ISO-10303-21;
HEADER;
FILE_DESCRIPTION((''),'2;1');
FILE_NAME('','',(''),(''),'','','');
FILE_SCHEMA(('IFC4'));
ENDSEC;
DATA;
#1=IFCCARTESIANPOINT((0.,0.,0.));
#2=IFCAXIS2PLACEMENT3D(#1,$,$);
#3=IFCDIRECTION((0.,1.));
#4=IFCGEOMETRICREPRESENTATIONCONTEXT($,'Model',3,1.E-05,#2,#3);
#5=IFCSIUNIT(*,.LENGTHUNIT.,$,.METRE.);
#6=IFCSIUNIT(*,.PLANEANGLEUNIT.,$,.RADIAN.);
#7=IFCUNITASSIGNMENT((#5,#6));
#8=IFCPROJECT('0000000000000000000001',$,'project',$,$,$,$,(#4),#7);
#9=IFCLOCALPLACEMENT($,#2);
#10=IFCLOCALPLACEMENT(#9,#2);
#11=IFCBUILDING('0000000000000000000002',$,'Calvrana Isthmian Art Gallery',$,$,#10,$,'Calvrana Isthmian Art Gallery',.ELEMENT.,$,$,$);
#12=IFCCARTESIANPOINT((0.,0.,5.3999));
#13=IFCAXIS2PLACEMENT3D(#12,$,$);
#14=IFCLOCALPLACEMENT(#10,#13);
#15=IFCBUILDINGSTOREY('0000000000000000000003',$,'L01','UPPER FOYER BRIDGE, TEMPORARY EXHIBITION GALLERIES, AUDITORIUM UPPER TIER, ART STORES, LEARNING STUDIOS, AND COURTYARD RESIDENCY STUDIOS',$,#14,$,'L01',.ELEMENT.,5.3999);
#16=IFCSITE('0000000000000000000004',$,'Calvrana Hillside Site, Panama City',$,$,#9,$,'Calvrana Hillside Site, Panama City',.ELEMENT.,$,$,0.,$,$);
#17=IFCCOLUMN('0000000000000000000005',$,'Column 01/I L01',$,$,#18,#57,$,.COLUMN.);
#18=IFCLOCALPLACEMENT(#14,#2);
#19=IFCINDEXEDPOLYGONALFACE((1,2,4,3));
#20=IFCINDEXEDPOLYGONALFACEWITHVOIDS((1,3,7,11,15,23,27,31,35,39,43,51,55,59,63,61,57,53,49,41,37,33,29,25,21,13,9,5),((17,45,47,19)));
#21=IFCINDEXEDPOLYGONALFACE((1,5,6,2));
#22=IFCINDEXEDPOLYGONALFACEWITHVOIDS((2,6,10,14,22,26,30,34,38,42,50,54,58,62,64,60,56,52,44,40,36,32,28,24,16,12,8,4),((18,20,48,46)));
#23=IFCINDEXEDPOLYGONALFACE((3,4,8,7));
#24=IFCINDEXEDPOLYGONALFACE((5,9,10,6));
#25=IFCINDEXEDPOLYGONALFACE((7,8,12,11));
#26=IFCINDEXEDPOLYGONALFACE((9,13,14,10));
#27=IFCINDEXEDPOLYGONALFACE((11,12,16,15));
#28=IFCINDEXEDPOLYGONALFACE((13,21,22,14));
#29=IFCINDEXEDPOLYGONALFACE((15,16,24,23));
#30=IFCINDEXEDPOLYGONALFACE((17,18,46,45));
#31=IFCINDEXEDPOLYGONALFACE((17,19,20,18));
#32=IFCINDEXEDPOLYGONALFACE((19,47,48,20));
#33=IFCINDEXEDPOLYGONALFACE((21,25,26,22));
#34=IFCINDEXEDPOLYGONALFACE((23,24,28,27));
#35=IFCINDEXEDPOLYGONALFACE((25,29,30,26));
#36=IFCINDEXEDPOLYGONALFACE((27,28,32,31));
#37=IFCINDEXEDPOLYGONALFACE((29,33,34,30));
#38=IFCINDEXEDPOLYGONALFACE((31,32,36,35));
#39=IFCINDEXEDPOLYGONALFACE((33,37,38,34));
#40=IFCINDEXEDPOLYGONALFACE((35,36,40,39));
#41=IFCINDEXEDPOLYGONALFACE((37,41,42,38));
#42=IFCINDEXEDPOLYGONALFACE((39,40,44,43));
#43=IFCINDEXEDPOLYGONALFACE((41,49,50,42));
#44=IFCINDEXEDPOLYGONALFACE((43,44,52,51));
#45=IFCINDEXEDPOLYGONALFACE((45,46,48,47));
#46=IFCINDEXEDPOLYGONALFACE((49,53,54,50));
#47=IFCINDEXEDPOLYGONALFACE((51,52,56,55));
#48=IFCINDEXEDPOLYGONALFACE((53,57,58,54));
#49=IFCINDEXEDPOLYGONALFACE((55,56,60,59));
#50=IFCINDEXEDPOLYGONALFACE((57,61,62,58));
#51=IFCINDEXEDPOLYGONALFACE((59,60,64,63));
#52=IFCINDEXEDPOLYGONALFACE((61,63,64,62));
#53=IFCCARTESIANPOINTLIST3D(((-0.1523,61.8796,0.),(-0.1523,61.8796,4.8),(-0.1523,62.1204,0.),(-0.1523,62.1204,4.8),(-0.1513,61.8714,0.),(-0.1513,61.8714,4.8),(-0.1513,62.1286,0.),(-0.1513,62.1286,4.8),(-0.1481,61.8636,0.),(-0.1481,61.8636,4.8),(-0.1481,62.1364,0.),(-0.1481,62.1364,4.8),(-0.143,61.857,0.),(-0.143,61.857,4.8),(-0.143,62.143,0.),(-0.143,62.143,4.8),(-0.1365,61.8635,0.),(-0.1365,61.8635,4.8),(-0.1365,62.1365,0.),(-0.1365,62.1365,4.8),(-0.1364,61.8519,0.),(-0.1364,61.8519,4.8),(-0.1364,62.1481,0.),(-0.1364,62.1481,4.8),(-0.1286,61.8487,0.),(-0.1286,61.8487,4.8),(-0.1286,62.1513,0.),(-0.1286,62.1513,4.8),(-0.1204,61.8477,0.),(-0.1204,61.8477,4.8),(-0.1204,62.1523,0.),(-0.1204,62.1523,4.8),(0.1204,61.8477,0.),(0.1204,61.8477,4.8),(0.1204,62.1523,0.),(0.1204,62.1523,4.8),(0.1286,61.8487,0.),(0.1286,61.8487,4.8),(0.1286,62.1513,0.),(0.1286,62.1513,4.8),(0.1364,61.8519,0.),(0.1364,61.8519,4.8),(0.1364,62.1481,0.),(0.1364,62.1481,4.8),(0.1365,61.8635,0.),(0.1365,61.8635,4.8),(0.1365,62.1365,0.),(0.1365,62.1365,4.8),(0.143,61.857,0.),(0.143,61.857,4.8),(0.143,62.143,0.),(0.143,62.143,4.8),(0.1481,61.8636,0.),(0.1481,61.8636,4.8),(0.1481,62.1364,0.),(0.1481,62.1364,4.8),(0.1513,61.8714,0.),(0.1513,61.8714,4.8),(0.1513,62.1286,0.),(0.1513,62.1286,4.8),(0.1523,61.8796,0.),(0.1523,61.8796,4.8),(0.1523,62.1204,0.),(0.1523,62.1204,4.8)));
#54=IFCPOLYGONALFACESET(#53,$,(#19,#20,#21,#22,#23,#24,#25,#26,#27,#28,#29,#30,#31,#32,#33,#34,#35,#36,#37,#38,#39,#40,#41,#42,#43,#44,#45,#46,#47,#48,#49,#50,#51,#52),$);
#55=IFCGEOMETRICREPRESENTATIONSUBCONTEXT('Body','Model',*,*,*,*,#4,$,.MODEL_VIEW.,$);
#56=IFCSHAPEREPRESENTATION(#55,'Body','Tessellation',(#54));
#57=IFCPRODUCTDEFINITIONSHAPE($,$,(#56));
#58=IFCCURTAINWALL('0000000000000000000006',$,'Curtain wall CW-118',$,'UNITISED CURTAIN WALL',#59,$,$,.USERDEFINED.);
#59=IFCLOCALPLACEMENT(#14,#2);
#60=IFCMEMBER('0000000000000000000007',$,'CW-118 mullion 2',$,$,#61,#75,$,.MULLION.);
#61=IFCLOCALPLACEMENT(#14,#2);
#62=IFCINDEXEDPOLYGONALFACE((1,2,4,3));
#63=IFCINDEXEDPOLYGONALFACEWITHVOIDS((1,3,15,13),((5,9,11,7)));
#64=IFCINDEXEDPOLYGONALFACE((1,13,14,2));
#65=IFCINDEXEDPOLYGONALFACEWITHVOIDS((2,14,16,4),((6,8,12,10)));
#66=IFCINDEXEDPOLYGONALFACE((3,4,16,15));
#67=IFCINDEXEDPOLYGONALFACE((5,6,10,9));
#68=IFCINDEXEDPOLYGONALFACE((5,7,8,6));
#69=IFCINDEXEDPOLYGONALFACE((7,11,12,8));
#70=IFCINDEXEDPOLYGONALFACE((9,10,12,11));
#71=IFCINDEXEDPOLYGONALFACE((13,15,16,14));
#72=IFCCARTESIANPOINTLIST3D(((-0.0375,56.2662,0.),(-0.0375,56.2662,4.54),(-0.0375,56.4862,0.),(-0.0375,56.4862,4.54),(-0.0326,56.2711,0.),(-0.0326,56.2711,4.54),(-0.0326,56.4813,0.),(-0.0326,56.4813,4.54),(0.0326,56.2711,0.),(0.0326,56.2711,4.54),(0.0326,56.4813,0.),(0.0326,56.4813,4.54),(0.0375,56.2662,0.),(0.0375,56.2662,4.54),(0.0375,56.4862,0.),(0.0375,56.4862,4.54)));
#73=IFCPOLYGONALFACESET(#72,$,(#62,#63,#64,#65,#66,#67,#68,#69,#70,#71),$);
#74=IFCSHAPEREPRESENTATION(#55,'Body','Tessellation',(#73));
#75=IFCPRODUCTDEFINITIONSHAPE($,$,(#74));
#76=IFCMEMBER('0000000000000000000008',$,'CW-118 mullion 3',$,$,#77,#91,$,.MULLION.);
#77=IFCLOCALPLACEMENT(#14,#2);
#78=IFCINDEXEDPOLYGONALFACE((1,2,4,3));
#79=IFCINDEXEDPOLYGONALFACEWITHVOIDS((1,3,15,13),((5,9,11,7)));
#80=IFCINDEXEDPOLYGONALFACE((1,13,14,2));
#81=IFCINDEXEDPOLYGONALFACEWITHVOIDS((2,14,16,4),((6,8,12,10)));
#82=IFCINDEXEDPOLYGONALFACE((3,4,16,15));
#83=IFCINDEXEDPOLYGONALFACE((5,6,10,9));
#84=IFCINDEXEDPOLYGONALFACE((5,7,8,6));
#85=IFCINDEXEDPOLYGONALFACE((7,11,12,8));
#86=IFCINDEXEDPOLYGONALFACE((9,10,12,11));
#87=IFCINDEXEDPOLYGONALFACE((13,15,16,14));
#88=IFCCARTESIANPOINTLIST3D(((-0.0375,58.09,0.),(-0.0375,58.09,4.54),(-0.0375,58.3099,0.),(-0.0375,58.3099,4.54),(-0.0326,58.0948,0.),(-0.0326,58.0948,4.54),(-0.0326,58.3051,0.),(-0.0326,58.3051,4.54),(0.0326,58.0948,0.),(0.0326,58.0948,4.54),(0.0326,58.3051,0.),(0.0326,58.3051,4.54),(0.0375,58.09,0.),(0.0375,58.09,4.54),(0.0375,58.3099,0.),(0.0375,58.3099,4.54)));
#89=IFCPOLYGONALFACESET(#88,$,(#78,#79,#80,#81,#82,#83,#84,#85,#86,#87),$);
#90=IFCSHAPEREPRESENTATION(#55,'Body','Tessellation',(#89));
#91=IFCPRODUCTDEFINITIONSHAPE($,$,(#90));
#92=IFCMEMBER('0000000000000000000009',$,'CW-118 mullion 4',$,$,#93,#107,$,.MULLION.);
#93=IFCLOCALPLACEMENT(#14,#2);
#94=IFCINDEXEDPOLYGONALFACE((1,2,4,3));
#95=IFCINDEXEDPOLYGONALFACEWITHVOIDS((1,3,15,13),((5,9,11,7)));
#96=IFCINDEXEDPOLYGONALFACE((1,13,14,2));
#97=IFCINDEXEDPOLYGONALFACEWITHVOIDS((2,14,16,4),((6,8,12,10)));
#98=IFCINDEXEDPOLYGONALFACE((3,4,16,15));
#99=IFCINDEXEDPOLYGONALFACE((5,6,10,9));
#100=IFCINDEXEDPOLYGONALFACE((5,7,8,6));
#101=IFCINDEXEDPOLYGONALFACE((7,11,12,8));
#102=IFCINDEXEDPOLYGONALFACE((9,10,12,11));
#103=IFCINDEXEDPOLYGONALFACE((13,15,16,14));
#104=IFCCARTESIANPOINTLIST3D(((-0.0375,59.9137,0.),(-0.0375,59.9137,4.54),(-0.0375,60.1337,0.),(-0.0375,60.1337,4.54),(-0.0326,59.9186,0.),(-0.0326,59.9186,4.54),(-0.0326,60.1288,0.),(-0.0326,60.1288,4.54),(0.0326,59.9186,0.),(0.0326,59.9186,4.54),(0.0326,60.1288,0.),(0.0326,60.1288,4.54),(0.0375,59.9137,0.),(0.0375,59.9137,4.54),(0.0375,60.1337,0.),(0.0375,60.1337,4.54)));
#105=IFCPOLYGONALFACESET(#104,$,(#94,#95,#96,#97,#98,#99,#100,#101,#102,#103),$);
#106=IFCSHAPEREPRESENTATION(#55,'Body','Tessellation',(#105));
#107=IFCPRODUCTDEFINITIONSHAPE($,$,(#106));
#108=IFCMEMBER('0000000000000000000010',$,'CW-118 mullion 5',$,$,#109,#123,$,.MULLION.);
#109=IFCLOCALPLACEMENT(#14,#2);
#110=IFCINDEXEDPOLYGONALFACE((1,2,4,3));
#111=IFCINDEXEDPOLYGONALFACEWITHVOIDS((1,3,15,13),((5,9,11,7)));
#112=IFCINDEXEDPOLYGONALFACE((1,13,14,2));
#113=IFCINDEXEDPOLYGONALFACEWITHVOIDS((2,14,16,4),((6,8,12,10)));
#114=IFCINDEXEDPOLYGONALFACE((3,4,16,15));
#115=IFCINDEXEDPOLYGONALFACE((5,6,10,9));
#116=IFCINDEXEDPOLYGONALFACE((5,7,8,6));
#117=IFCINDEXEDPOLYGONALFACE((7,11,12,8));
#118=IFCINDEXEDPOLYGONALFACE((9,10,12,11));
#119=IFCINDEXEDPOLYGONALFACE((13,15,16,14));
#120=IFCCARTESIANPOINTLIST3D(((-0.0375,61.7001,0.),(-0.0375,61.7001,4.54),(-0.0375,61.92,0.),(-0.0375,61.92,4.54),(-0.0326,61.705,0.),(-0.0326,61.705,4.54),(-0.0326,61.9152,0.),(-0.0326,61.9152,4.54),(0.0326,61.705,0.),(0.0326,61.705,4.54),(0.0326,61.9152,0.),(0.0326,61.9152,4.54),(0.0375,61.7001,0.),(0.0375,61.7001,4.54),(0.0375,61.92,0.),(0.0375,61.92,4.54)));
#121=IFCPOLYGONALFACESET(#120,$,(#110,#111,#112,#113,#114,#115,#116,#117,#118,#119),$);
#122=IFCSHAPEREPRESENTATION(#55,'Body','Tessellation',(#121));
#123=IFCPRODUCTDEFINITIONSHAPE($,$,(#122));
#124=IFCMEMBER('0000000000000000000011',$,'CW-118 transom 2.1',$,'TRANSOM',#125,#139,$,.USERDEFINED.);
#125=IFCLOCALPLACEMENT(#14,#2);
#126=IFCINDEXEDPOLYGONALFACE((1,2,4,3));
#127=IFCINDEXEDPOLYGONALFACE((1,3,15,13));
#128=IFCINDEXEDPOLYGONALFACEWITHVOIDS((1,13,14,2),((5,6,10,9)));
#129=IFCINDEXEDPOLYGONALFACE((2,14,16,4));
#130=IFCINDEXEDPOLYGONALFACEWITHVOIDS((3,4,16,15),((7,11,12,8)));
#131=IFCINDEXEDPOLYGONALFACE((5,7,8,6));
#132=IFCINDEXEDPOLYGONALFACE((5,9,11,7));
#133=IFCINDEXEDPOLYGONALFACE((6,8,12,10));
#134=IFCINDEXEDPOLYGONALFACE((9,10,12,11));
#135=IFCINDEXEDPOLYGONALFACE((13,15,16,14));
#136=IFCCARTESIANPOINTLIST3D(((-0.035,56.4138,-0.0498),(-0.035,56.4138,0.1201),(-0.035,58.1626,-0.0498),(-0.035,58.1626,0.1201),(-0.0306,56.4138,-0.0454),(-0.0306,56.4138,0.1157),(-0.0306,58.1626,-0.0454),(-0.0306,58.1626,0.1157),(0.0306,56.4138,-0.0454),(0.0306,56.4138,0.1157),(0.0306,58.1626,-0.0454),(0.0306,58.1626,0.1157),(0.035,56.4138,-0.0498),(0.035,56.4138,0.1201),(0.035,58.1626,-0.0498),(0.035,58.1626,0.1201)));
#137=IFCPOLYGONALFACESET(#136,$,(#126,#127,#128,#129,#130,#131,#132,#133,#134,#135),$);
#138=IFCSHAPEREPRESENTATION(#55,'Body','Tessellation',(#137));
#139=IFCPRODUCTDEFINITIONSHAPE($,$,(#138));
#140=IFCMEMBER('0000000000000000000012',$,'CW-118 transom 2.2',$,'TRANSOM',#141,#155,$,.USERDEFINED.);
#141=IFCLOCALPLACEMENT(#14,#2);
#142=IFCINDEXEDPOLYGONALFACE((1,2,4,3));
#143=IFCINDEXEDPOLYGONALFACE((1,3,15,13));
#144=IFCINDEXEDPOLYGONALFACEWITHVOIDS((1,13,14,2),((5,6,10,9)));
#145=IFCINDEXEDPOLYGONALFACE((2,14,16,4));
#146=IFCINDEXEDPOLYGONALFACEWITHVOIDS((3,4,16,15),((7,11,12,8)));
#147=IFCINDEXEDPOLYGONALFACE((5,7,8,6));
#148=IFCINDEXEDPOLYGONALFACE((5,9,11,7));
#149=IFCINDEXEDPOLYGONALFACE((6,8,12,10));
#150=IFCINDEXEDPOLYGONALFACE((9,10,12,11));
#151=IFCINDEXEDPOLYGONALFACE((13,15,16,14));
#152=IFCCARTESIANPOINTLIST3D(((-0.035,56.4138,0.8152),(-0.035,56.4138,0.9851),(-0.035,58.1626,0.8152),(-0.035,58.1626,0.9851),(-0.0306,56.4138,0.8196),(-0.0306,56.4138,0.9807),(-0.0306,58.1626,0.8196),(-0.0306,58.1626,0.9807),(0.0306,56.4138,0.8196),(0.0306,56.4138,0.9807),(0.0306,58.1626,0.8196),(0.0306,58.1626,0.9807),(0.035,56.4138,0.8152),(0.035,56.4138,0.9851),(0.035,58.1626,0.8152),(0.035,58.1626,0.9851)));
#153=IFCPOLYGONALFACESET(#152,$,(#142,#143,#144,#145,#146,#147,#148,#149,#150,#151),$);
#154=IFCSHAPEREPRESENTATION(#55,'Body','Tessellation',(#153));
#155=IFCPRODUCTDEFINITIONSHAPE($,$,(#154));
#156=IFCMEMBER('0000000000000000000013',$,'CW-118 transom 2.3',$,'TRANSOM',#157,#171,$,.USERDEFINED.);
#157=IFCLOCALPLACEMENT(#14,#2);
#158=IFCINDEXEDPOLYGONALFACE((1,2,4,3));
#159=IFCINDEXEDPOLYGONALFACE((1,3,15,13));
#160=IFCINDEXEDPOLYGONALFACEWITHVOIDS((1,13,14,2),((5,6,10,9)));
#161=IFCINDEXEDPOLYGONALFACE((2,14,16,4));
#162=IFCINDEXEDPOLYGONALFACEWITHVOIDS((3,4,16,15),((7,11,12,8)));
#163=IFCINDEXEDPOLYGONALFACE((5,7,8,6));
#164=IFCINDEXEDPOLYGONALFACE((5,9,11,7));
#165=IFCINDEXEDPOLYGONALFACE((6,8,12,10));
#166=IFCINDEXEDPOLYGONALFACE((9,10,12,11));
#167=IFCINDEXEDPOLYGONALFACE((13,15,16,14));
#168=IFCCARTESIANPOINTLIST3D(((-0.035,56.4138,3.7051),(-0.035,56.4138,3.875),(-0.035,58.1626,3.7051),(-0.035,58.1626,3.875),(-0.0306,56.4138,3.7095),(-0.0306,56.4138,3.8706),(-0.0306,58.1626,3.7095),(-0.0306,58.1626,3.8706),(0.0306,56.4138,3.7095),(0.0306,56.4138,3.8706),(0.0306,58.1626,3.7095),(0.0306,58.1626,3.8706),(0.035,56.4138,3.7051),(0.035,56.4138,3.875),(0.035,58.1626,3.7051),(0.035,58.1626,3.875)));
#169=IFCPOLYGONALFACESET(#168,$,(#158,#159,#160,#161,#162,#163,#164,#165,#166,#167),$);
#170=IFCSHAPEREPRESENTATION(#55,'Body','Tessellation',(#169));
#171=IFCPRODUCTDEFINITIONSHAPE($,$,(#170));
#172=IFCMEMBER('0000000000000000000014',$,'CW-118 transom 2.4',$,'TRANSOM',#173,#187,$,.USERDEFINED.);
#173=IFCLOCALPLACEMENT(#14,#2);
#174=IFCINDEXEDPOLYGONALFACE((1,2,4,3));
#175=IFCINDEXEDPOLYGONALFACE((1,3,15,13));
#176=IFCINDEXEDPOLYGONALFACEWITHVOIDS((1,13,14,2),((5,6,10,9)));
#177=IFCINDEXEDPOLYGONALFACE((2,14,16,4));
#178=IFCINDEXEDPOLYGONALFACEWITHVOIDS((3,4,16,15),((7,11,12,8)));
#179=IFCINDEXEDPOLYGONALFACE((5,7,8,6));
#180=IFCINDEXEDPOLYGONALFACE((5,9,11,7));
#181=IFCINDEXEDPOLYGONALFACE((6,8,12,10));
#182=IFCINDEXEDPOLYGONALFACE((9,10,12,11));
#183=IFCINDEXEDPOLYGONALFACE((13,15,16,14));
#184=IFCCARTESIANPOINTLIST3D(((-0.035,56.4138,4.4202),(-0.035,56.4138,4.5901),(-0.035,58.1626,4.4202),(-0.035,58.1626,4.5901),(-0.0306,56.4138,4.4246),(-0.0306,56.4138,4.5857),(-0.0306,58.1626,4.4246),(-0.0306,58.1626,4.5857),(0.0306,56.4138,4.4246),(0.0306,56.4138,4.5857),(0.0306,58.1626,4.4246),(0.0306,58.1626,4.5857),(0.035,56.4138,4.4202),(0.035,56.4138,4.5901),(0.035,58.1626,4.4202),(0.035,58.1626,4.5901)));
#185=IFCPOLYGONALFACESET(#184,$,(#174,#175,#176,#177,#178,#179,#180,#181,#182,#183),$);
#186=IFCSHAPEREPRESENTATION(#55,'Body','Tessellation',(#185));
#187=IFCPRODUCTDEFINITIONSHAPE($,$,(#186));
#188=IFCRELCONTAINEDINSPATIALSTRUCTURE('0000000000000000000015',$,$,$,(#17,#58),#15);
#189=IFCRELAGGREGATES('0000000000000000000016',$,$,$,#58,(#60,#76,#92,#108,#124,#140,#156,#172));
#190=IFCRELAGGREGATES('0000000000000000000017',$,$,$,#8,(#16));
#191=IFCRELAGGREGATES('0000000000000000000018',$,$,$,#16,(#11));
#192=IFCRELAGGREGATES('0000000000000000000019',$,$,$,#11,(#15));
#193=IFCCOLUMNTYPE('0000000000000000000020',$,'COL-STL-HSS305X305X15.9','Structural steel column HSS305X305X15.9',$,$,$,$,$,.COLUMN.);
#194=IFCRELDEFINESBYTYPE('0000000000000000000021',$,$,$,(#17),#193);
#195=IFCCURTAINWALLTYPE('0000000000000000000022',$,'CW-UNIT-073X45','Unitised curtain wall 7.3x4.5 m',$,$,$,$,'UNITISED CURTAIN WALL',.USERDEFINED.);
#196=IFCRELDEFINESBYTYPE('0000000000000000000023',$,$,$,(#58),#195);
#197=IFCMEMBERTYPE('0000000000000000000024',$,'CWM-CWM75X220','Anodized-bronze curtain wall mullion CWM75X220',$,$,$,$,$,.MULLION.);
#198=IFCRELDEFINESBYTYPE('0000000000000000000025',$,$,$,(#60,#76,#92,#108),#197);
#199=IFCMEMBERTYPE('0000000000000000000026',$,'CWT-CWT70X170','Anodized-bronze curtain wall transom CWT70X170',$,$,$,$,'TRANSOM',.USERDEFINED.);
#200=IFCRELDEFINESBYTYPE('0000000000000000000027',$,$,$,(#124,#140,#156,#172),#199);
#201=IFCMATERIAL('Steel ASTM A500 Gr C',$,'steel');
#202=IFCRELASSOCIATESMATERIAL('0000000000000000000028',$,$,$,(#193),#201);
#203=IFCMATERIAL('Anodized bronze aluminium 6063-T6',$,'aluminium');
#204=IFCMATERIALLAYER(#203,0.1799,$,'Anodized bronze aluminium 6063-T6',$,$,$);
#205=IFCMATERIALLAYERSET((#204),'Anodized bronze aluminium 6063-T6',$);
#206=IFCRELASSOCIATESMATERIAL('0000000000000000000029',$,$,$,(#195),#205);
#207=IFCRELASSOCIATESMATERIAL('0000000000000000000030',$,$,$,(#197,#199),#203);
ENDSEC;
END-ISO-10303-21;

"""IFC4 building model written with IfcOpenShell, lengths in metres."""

from ifc_helpers import new_model, si_unit, direction, frame, origin, origin_2d, place, context, subcontext, project, spatial, hollow_rectangle, extrude, material, layer, layer_set, material_profile, profile_set, type_object, element, aggregate, save


model = new_model("IFC4")

# Units and contexts
model_context = context("Model", 3, precision=1e-05, world=origin(), true_north=direction((0.0, 1.0)))
body_context = subcontext(model_context, "Body", "Model", "MODEL_VIEW")
ifc_project = project(units=[si_unit("LENGTHUNIT", "METRE"), si_unit("PLANEANGLEUNIT", "RADIAN")], contexts=[model_context])

# Site, building, storey
site_placement = place(None, origin())
site = spatial("IfcSite", under=ifc_project, at=site_placement, Name="Calvrana Hillside Site, Panama City", LongName="Calvrana Hillside Site, Panama City", CompositionType="ELEMENT", RefElevation=0.0)
building_placement = place(site_placement, origin())
building = spatial("IfcBuilding", under=site, at=building_placement, Name="Calvrana Isthmian Art Gallery", LongName="Calvrana Isthmian Art Gallery", CompositionType="ELEMENT")
storey_placement = place(building_placement, frame((0.0, 0.0, 5.3999)))
storey = spatial("IfcBuildingStorey", under=building, at=storey_placement, Name="L01", Description="UPPER FOYER BRIDGE, TEMPORARY EXHIBITION GALLERIES, AUDITORIUM UPPER TIER, ART STORES, LEARNING STUDIOS, AND COURTYARD RESIDENCY STUDIOS", LongName="L01", CompositionType="ELEMENT", Elevation=5.3999)

# Column
ifc_material_1 = material(Name="Steel ASTM A500 Gr C", Category="steel")
ifc_material_profile_1 = material_profile(ifc_material_1, hollow_rectangle(XDim=0.3047, YDim=0.3047, WallThickness=0.0159, OuterFilletRadius=0.032, at=origin_2d()), Name="HSS305X305X15.9")
ifc_profile_set_1 = profile_set([ifc_material_profile_1], Name="Steel ASTM A500 Gr C")
column_type = type_object("IfcColumnType", Name="COL-STL-HSS305X305X15.9", Description="Structural steel column HSS305X305X15.9", PredefinedType="COLUMN", material=ifc_profile_set_1)
column_placement = place(storey_placement, frame((0.0, 62.0, 0.0), z_axis=(0.0, 0.0, 1.0), x_axis=(1.0, 0.0, 0.0)))
element("IfcColumn", 1, at=column_placement, inside=storey, type_object=column_type, Name="Column 01/I L01", PredefinedType="COLUMN", context=body_context, shape_type="SweptSolid", body=[
    extrude(hollow_rectangle(XDim=0.3047, YDim=0.3047, WallThickness=0.0159, OuterFilletRadius=0.032, at=origin_2d()), origin(), (0.0, 0.0, 1.0), 4.8),
])

# Curtain wall, members
ifc_material_2 = material(Name="Anodized bronze aluminium 6063-T6", Category="aluminium")
ifc_layer_1 = layer(ifc_material_2, 0.1799, Name="Anodized bronze aluminium 6063-T6")
ifc_layer_set_1 = layer_set([ifc_layer_1], Name="Anodized bronze aluminium 6063-T6")
curtain_wall_type = type_object("IfcCurtainWallType", Name="CW-UNIT-073X45", Description="Unitised curtain wall 7.3x4.5 m", ElementType="UNITISED CURTAIN WALL", PredefinedType="USERDEFINED", material=ifc_layer_set_1)
curtain_wall_placement = place(storey_placement, origin())
curtain_wall = element("IfcCurtainWall", 2, at=curtain_wall_placement, inside=storey, type_object=curtain_wall_type, Name="Curtain wall CW-118", ObjectType="UNITISED CURTAIN WALL", PredefinedType="USERDEFINED")
ifc_material_profile_2 = material_profile(ifc_material_2, hollow_rectangle(XDim=0.075, YDim=0.22, WallThickness=0.0049, at=origin_2d()), Name="CWM75X220")
ifc_profile_set_2 = profile_set([ifc_material_profile_2], Name="Anodized bronze aluminium 6063-T6")
member_type_1 = type_object("IfcMemberType", Name="CWM-CWM75X220", Description="Anodized-bronze curtain wall mullion CWM75X220", PredefinedType="MULLION", material=ifc_profile_set_2)
member_1_placement = place(storey_placement, frame((0.0, 56.3762, 0.0), z_axis=(0.0, 0.0, 1.0), x_axis=(-1.0, 0.0, 0.0)))
member_1 = element("IfcMember", 3, at=member_1_placement, type_object=member_type_1, Name="CW-118 mullion 2", PredefinedType="MULLION", context=body_context, shape_type="SweptSolid", body=[
    extrude(hollow_rectangle(XDim=0.075, YDim=0.22, WallThickness=0.0049, at=origin_2d()), origin(), (0.0, 0.0, 1.0), 4.54),
])
member_2_placement = place(storey_placement, frame((0.0, 58.2, 0.0), z_axis=(0.0, 0.0, 1.0), x_axis=(-1.0, 0.0, 0.0)))
member_2 = element("IfcMember", 4, at=member_2_placement, type_object=member_type_1, Name="CW-118 mullion 3", PredefinedType="MULLION", context=body_context, shape_type="SweptSolid", body=[
    extrude(hollow_rectangle(XDim=0.075, YDim=0.22, WallThickness=0.0049, at=origin_2d()), origin(), (0.0, 0.0, 1.0), 4.54),
])
member_3_placement = place(storey_placement, frame((0.0, 60.0237, 0.0), z_axis=(0.0, 0.0, 1.0), x_axis=(-1.0, 0.0, 0.0)))
member_3 = element("IfcMember", 5, at=member_3_placement, type_object=member_type_1, Name="CW-118 mullion 4", PredefinedType="MULLION", context=body_context, shape_type="SweptSolid", body=[
    extrude(hollow_rectangle(XDim=0.075, YDim=0.22, WallThickness=0.0049, at=origin_2d()), origin(), (0.0, 0.0, 1.0), 4.54),
])
member_4_placement = place(storey_placement, frame((0.0, 61.8101, 0.0), z_axis=(0.0, 0.0, 1.0), x_axis=(-1.0, 0.0, 0.0)))
member_4 = element("IfcMember", 6, at=member_4_placement, type_object=member_type_1, Name="CW-118 mullion 5", PredefinedType="MULLION", context=body_context, shape_type="SweptSolid", body=[
    extrude(hollow_rectangle(XDim=0.075, YDim=0.22, WallThickness=0.0049, at=origin_2d()), origin(), (0.0, 0.0, 1.0), 4.54),
])
ifc_material_profile_3 = material_profile(ifc_material_2, hollow_rectangle(XDim=0.0701, YDim=0.1699, WallThickness=0.0044, at=origin_2d()), Name="CWT70X170")
ifc_profile_set_3 = profile_set([ifc_material_profile_3], Name="Anodized bronze aluminium 6063-T6")
member_type_2 = type_object("IfcMemberType", Name="CWT-CWT70X170", Description="Anodized-bronze curtain wall transom CWT70X170", ElementType="TRANSOM", PredefinedType="USERDEFINED", material=ifc_profile_set_3)
member_5_placement = place(storey_placement, frame((0.0, 56.4138, 0.0352), z_axis=(0.0, 1.0, 0.0), x_axis=(-1.0, 0.0, 0.0)))
member_5 = element("IfcMember", 7, at=member_5_placement, type_object=member_type_2, Name="CW-118 transom 2.1", ObjectType="TRANSOM", PredefinedType="USERDEFINED", context=body_context, shape_type="SweptSolid", body=[
    extrude(hollow_rectangle(XDim=0.0701, YDim=0.1699, WallThickness=0.0044, at=origin_2d()), origin(), (0.0, 0.0, 1.0), 1.7488),
])
member_6_placement = place(storey_placement, frame((0.0, 56.4138, 0.9001), z_axis=(0.0, 1.0, 0.0), x_axis=(-1.0, 0.0, 0.0)))
member_6 = element("IfcMember", 8, at=member_6_placement, type_object=member_type_2, Name="CW-118 transom 2.2", ObjectType="TRANSOM", PredefinedType="USERDEFINED", context=body_context, shape_type="SweptSolid", body=[
    extrude(hollow_rectangle(XDim=0.0701, YDim=0.1699, WallThickness=0.0044, at=origin_2d()), origin(), (0.0, 0.0, 1.0), 1.7488),
])
member_7_placement = place(storey_placement, frame((0.0, 56.4138, 3.79), z_axis=(0.0, 1.0, 0.0), x_axis=(-1.0, 0.0, 0.0)))
member_7 = element("IfcMember", 9, at=member_7_placement, type_object=member_type_2, Name="CW-118 transom 2.3", ObjectType="TRANSOM", PredefinedType="USERDEFINED", context=body_context, shape_type="SweptSolid", body=[
    extrude(hollow_rectangle(XDim=0.0701, YDim=0.1699, WallThickness=0.0044, at=origin_2d()), origin(), (0.0, 0.0, 1.0), 1.7488),
])
member_8_placement = place(storey_placement, frame((0.0, 56.4138, 4.5051), z_axis=(0.0, 1.0, 0.0), x_axis=(-1.0, 0.0, 0.0)))
member_8 = element("IfcMember", 10, at=member_8_placement, type_object=member_type_2, Name="CW-118 transom 2.4", ObjectType="TRANSOM", PredefinedType="USERDEFINED", context=body_context, shape_type="SweptSolid", body=[
    extrude(hollow_rectangle(XDim=0.0701, YDim=0.1699, WallThickness=0.0044, at=origin_2d()), origin(), (0.0, 0.0, 1.0), 1.7488),
])
aggregate(curtain_wall, [member_1, member_2, member_3, member_4, member_5, member_6, member_7, member_8])

save(model, "model.ifc")
